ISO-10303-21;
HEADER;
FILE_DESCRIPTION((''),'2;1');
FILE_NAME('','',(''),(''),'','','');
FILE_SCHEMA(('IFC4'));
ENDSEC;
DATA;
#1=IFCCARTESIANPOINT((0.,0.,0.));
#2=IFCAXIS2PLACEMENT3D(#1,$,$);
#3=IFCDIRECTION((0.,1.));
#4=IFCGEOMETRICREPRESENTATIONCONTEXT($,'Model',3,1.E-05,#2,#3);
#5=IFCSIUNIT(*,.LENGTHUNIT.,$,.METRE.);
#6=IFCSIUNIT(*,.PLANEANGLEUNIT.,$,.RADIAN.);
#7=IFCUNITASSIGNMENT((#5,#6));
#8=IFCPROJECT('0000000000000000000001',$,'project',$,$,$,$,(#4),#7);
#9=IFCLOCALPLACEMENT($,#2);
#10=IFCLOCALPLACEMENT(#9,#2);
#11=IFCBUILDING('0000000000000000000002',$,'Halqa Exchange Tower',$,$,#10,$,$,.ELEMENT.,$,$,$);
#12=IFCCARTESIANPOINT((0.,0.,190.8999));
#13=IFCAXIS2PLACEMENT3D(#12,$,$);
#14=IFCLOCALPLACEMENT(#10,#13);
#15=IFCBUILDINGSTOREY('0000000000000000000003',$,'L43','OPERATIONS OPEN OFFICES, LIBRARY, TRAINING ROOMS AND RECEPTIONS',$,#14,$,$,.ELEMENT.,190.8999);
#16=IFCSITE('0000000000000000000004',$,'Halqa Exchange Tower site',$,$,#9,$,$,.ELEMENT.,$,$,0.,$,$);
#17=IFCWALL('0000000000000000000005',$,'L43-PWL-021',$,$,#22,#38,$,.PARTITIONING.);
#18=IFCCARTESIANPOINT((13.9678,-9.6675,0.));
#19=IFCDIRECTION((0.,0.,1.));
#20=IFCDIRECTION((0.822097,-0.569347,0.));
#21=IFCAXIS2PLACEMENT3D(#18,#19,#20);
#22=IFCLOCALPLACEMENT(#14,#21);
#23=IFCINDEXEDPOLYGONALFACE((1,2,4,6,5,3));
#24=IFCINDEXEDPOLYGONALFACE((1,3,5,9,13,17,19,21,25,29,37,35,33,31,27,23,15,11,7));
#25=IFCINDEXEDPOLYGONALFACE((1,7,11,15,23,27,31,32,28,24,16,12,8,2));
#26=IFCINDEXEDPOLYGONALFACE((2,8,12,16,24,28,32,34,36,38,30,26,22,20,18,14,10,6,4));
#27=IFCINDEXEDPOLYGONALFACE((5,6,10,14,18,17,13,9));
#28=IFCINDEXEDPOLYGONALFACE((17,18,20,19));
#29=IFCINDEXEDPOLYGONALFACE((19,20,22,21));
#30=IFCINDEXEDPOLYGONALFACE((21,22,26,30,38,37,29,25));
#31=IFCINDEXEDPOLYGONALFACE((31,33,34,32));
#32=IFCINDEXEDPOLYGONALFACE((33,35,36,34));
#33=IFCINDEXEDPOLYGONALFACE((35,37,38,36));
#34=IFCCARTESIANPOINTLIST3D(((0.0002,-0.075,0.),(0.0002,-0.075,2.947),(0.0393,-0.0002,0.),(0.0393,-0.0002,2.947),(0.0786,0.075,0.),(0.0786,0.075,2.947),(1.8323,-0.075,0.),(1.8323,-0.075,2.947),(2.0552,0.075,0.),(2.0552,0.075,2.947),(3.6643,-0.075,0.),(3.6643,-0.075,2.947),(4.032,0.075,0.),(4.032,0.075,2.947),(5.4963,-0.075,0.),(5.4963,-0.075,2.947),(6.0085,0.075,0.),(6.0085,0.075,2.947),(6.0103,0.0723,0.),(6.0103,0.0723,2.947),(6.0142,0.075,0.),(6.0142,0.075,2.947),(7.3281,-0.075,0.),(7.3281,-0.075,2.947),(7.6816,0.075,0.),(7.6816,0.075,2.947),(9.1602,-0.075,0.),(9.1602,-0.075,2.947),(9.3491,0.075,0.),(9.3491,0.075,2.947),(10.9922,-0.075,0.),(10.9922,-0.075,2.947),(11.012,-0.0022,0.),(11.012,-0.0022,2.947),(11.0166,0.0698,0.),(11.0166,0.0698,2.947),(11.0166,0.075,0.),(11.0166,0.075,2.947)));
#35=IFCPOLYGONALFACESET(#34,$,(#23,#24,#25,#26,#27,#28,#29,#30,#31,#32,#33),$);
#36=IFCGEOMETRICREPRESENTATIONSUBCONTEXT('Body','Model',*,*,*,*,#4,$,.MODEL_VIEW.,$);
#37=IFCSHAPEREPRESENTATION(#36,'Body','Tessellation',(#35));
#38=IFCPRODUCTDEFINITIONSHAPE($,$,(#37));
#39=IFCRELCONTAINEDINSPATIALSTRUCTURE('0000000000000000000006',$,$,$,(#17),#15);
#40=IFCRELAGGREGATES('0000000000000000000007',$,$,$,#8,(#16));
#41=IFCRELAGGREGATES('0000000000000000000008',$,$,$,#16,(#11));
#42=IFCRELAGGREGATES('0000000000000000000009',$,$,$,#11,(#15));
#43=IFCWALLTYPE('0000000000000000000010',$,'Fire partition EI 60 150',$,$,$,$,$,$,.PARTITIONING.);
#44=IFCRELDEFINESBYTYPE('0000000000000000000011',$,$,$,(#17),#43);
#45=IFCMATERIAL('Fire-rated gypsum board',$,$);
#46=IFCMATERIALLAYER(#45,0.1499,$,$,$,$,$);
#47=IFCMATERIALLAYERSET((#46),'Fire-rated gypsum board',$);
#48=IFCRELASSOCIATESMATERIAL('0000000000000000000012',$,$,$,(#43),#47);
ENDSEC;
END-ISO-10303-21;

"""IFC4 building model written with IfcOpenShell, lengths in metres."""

from ifc_helpers import new_model, si_unit, direction, frame, origin, place, context, subcontext, project, spatial, polyline, outline, extrude, material, layer, layer_set, type_object, element, save


model = new_model("IFC4")

# Units and contexts
model_context = context("Model", 3, precision=1e-05, world=origin(), true_north=direction((0.0, 1.0)))
body_context = subcontext(model_context, "Body", "Model", "MODEL_VIEW")
ifc_project = project(units=[si_unit("LENGTHUNIT", "METRE"), si_unit("PLANEANGLEUNIT", "RADIAN")], contexts=[model_context])

# Site, building, storey
site_placement = place(None, origin())
site = spatial("IfcSite", under=ifc_project, at=site_placement, Name="Halqa Exchange Tower site", CompositionType="ELEMENT", RefElevation=0.0)
building_placement = place(site_placement, origin())
building = spatial("IfcBuilding", under=site, at=building_placement, Name="Halqa Exchange Tower", CompositionType="ELEMENT")
storey_placement = place(building_placement, frame((0.0, 0.0, 190.8999)))
storey = spatial("IfcBuildingStorey", under=building, at=storey_placement, Name="L43", Description="OPERATIONS OPEN OFFICES, LIBRARY, TRAINING ROOMS AND RECEPTIONS", CompositionType="ELEMENT", Elevation=190.8999)

# Shared definitions
ifc_material_1 = material(Name="Fire-rated gypsum board")
ifc_layer_1 = layer(ifc_material_1, 0.1499)
ifc_layer_set_1 = layer_set([ifc_layer_1], Name="Fire-rated gypsum board")
wall_type_1 = type_object("IfcWallType", Name="Fire partition EI 60 150", PredefinedType="PARTITIONING", material=ifc_layer_set_1)

# Wall
wall_1_placement = place(storey_placement, frame((13.9678, -9.6675, 0.0), z_axis=(0.0, 0.0, 1.0), x_axis=(0.822097, -0.569347, 0.0)))
element("IfcWall", 1, at=wall_1_placement, inside=storey, type_object=wall_type_1, Name="L43-PWL-021", PredefinedType="PARTITIONING", context=body_context, shape_type="SweptSolid", body=[
    extrude(outline(polyline([(0.0002, -0.075), (1.8323, -0.075), (3.6643, -0.075), (5.4963, -0.075), (7.3281, -0.075), (9.1602, -0.075), (10.9922, -0.075), (11.012, -0.0022), (11.0166, 0.0698), (11.0166, 0.075), (9.3491, 0.075), (7.6816, 0.075), (6.0142, 0.075), (6.0103, 0.0723), (6.0085, 0.075), (4.032, 0.075), (2.0552, 0.075), (0.0786, 0.075), (0.0393, -0.0002), (0.0002, -0.075)])), origin(), (0.0, 0.0, 1.0), 2.947),
])

save(model, "model.ifc")
